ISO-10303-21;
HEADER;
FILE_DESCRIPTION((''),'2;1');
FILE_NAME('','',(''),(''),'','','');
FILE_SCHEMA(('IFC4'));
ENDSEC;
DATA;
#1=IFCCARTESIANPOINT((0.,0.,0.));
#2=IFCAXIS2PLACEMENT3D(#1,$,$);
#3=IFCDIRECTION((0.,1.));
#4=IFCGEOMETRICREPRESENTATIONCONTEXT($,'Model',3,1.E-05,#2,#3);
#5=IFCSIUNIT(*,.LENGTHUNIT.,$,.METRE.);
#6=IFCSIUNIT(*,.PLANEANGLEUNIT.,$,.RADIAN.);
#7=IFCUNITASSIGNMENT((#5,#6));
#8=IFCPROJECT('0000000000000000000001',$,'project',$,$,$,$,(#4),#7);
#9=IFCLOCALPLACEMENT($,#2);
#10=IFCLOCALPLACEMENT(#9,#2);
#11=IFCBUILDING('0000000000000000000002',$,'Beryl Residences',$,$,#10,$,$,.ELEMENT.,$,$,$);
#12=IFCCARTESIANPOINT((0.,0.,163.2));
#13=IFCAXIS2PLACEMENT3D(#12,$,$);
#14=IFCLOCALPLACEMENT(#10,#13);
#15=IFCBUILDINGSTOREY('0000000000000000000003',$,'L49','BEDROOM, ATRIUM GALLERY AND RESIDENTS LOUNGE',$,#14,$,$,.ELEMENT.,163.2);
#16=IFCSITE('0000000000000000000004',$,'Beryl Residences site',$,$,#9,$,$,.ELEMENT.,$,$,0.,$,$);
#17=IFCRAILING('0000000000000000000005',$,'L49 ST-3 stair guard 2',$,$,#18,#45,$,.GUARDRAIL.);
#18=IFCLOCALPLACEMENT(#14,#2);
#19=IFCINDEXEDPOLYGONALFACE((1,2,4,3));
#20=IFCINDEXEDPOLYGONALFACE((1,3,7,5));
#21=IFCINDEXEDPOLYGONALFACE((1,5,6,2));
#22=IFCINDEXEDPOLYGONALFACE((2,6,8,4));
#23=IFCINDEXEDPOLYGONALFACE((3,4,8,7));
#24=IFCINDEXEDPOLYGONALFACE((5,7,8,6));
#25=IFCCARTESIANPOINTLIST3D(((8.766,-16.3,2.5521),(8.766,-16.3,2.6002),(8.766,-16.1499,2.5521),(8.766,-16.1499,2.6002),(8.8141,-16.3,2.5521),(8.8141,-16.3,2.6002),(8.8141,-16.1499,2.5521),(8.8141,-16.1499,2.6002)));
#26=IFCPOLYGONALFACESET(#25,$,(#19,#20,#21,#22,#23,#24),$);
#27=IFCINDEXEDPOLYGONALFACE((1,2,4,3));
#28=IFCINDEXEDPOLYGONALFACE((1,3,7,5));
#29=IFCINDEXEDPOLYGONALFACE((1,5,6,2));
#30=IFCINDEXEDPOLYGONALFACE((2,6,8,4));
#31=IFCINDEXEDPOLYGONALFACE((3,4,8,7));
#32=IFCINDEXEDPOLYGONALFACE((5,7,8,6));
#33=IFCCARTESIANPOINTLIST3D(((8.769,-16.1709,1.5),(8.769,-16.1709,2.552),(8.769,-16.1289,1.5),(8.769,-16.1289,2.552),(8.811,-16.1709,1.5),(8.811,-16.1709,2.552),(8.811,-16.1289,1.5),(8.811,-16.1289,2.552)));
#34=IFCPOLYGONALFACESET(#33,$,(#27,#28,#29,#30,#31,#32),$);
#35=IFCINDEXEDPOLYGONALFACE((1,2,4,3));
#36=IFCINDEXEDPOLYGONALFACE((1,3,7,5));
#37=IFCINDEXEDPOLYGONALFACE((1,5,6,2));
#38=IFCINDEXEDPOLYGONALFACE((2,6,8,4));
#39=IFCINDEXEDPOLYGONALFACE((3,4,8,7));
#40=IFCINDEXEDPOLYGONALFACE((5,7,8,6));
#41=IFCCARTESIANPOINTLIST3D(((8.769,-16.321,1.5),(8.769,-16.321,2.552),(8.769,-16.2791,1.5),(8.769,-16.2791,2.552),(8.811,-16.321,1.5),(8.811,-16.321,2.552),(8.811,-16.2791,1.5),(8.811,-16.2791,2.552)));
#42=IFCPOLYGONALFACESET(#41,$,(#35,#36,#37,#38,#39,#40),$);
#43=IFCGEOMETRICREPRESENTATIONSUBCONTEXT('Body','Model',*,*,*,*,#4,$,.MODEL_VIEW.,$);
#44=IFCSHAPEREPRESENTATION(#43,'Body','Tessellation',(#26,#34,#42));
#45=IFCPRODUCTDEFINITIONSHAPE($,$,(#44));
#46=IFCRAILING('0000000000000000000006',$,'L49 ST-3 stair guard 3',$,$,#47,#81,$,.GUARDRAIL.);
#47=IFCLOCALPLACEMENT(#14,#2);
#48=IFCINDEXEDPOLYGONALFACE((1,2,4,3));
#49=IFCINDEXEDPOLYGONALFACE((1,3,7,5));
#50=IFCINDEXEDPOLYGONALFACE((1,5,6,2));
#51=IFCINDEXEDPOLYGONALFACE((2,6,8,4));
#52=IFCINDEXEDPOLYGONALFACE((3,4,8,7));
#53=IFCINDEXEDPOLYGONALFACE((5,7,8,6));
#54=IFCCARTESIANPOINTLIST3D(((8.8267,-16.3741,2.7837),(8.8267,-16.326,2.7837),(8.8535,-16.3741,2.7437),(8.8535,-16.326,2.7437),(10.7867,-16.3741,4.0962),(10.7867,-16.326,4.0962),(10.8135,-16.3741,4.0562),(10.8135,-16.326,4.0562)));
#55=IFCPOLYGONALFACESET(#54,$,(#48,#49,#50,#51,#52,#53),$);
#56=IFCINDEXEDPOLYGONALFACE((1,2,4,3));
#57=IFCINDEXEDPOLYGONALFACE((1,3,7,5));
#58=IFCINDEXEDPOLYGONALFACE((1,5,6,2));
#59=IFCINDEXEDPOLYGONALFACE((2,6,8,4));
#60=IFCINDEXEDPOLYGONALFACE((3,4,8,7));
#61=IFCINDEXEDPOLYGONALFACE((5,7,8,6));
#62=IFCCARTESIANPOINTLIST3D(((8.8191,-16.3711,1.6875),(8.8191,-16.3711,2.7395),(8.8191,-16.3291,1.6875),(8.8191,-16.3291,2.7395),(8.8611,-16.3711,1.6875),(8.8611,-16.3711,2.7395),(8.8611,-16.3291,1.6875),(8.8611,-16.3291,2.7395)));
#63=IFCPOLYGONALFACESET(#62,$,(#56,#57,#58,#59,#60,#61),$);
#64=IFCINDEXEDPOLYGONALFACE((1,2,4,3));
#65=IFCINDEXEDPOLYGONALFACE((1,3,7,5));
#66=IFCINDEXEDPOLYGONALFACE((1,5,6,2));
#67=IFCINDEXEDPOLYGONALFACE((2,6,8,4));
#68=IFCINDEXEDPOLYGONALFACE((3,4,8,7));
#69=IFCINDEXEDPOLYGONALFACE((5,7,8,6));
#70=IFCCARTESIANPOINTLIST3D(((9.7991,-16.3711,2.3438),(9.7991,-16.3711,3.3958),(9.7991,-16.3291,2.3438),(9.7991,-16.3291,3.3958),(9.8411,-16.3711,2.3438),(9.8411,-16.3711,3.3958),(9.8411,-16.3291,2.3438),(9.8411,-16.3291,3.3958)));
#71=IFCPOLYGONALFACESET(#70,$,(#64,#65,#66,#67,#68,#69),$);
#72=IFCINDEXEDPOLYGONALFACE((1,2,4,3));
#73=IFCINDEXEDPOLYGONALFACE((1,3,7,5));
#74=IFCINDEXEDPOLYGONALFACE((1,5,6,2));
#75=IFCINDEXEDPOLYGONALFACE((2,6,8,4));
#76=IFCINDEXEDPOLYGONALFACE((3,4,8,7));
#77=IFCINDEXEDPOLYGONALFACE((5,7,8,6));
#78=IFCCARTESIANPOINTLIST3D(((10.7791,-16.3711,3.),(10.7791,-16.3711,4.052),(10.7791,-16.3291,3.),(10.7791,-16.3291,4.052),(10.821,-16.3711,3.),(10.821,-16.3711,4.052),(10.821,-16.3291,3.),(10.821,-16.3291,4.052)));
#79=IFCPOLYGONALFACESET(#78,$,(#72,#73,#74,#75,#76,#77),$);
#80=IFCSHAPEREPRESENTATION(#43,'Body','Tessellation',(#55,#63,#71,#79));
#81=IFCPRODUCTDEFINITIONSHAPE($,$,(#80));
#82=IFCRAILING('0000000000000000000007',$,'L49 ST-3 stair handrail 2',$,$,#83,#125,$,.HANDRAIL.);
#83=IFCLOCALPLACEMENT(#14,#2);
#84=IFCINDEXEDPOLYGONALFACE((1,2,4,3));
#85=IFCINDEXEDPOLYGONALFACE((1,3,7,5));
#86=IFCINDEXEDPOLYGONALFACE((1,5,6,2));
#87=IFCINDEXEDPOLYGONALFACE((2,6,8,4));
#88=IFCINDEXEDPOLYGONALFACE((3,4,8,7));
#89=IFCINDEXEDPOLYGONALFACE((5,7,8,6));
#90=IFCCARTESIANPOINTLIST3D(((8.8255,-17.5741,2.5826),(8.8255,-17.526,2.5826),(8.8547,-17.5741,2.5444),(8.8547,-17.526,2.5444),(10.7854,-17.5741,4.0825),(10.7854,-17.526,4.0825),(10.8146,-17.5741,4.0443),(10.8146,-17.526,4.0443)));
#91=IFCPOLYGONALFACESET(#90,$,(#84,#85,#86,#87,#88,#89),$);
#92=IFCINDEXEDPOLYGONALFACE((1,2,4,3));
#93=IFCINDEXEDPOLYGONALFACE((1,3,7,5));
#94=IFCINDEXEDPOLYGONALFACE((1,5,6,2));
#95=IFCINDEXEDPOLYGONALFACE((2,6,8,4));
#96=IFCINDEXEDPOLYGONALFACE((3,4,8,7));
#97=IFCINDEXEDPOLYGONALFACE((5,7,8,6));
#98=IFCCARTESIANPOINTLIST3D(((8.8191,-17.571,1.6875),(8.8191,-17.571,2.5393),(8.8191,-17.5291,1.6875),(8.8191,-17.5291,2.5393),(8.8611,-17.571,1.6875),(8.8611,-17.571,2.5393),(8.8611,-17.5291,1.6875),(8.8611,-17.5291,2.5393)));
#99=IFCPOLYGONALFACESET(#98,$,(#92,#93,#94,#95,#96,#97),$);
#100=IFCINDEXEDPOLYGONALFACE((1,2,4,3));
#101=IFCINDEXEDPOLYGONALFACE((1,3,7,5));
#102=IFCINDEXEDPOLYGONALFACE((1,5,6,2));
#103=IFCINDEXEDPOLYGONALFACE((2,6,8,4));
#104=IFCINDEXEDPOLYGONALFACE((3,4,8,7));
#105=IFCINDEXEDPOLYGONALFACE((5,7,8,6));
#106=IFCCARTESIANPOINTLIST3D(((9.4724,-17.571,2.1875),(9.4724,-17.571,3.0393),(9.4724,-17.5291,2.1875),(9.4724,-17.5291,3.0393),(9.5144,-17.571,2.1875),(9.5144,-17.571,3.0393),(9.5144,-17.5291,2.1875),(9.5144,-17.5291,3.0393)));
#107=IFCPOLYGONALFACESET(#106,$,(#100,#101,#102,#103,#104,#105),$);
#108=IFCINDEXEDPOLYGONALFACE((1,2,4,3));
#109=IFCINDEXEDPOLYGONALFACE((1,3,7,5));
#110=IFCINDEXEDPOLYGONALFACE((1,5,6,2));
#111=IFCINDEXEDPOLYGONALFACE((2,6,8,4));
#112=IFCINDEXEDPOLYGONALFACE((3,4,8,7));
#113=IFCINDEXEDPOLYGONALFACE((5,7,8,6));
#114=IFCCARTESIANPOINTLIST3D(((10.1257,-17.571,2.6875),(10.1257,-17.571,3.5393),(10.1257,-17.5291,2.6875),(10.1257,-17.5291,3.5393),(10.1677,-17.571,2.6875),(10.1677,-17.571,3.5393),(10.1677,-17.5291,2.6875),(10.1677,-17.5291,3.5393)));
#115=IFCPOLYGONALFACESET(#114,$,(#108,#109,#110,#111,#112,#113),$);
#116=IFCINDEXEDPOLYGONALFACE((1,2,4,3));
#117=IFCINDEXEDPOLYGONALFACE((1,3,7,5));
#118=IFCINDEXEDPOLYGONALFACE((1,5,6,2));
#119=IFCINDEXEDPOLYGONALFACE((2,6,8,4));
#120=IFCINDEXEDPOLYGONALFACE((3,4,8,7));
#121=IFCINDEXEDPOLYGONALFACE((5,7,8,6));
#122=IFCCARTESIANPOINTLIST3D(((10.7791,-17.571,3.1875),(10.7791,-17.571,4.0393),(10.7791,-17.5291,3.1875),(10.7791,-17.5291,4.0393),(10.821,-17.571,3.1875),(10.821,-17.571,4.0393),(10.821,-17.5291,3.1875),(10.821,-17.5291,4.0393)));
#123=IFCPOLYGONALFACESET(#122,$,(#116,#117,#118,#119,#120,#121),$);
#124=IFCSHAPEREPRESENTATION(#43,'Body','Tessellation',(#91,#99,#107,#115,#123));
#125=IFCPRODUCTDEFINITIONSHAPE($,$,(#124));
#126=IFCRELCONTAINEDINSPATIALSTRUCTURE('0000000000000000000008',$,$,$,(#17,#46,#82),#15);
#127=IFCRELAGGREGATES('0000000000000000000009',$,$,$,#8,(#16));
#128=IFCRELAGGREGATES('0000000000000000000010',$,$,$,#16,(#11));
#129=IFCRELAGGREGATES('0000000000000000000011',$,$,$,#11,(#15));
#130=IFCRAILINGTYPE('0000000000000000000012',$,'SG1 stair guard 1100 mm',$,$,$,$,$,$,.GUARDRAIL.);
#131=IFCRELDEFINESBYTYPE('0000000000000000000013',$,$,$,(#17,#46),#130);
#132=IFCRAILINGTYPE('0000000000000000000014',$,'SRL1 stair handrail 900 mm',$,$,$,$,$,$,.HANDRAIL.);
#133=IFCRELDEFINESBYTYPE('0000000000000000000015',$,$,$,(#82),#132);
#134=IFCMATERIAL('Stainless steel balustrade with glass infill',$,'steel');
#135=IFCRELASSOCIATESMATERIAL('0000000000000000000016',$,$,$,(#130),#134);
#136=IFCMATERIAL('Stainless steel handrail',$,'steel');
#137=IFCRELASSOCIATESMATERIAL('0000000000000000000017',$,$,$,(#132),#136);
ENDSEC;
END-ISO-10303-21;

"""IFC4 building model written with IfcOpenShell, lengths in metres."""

from ifc_helpers import new_model, si_unit, direction, frame, origin, origin_2d, place, context, subcontext, project, spatial, rectangle, extrude, material, type_object, element, save


model = new_model("IFC4")

# Units and contexts
model_context = context("Model", 3, precision=1e-05, world=origin(), true_north=direction((0.0, 1.0)))
body_context = subcontext(model_context, "Body", "Model", "MODEL_VIEW")
ifc_project = project(units=[si_unit("LENGTHUNIT", "METRE"), si_unit("PLANEANGLEUNIT", "RADIAN")], contexts=[model_context])

# Site, building, storey
site_placement = place(None, origin())
site = spatial("IfcSite", under=ifc_project, at=site_placement, Name="Beryl Residences site", CompositionType="ELEMENT", RefElevation=0.0)
building_placement = place(site_placement, origin())
building = spatial("IfcBuilding", under=site, at=building_placement, Name="Beryl Residences", CompositionType="ELEMENT")
storey_placement = place(building_placement, frame((0.0, 0.0, 163.2)))
storey = spatial("IfcBuildingStorey", under=building, at=storey_placement, Name="L49", Description="BEDROOM, ATRIUM GALLERY AND RESIDENTS LOUNGE", CompositionType="ELEMENT", Elevation=163.2)

# Railings
ifc_material_1 = material(Name="Stainless steel balustrade with glass infill", Category="steel")
railing_type_1 = type_object("IfcRailingType", Name="SG1 stair guard 1100 mm", PredefinedType="GUARDRAIL", material=ifc_material_1)
railing_1_placement = place(storey_placement, frame((8.79, -16.1499, 1.5)))
element("IfcRailing", 1, at=railing_1_placement, inside=storey, type_object=railing_type_1, Name="L49 ST-3 stair guard 2", PredefinedType="GUARDRAIL", context=body_context, shape_type="SweptSolid", body=[
    extrude(rectangle(XDim=0.0481, YDim=0.0481, at=origin_2d()), frame((0.0, 0.0, 1.0762), z_axis=(0.0, -1.0, 0.0), x_axis=(1.0, 0.0, 0.0)), (0.0, 0.0, 1.0), 0.1501),
    extrude(rectangle(XDim=0.042, YDim=0.042, at=origin_2d()), origin(), (0.0, 0.0, 1.0), 1.052),
    extrude(rectangle(XDim=0.042, YDim=0.042, at=origin_2d()), frame((0.0, -0.1501, 0.0)), (0.0, 0.0, 1.0), 1.052),
])
railing_2_placement = place(storey_placement, frame((8.8401, -16.3501, 1.6875)))
element("IfcRailing", 2, at=railing_2_placement, inside=storey, type_object=railing_type_1, Name="L49 ST-3 stair guard 3", PredefinedType="GUARDRAIL", context=body_context, shape_type="SweptSolid", body=[
    extrude(rectangle(XDim=0.0481, YDim=0.0481, at=origin_2d()), frame((0.0, 0.0, 1.0762), z_axis=(0.830902, 0.0, 0.556419), x_axis=(0.0, 1.0, 0.0)), (0.0, 0.0, 1.0), 2.3589),
    extrude(rectangle(XDim=0.042, YDim=0.042, at=origin_2d()), origin(), (0.0, 0.0, 1.0), 1.052),
    extrude(rectangle(XDim=0.042, YDim=0.042, at=origin_2d()), frame((0.98, 0.0, 0.6562)), (0.0, 0.0, 1.0), 1.052),
    extrude(rectangle(XDim=0.042, YDim=0.042, at=origin_2d()), frame((1.96, 0.0, 1.3125)), (0.0, 0.0, 1.0), 1.052),
])
ifc_material_2 = material(Name="Stainless steel handrail", Category="steel")
railing_type_2 = type_object("IfcRailingType", Name="SRL1 stair handrail 900 mm", PredefinedType="HANDRAIL", material=ifc_material_2)
railing_3_placement = place(storey_placement, frame((8.8401, -17.55, 1.6875)))
element("IfcRailing", 3, at=railing_3_placement, inside=storey, type_object=railing_type_2, Name="L49 ST-3 stair handrail 2", PredefinedType="HANDRAIL", context=body_context, shape_type="SweptSolid", body=[
    extrude(rectangle(XDim=0.0481, YDim=0.0481, at=origin_2d()), frame((0.0, 0.0, 0.876), z_axis=(0.794122, 0.0, 0.607758), x_axis=(0.0, 1.0, 0.0)), (0.0, 0.0, 1.0), 2.468),
    extrude(rectangle(XDim=0.042, YDim=0.042, at=origin_2d()), origin(), (0.0, 0.0, 1.0), 0.8518),
    extrude(rectangle(XDim=0.042, YDim=0.042, at=origin_2d()), frame((0.6533, 0.0, 0.5)), (0.0, 0.0, 1.0), 0.8518),
    extrude(rectangle(XDim=0.042, YDim=0.042, at=origin_2d()), frame((1.3066, 0.0, 1.0)), (0.0, 0.0, 1.0), 0.8518),
    extrude(rectangle(XDim=0.042, YDim=0.042, at=origin_2d()), frame((1.96, 0.0, 1.5)), (0.0, 0.0, 1.0), 0.8518),
])

save(model, "model.ifc")
